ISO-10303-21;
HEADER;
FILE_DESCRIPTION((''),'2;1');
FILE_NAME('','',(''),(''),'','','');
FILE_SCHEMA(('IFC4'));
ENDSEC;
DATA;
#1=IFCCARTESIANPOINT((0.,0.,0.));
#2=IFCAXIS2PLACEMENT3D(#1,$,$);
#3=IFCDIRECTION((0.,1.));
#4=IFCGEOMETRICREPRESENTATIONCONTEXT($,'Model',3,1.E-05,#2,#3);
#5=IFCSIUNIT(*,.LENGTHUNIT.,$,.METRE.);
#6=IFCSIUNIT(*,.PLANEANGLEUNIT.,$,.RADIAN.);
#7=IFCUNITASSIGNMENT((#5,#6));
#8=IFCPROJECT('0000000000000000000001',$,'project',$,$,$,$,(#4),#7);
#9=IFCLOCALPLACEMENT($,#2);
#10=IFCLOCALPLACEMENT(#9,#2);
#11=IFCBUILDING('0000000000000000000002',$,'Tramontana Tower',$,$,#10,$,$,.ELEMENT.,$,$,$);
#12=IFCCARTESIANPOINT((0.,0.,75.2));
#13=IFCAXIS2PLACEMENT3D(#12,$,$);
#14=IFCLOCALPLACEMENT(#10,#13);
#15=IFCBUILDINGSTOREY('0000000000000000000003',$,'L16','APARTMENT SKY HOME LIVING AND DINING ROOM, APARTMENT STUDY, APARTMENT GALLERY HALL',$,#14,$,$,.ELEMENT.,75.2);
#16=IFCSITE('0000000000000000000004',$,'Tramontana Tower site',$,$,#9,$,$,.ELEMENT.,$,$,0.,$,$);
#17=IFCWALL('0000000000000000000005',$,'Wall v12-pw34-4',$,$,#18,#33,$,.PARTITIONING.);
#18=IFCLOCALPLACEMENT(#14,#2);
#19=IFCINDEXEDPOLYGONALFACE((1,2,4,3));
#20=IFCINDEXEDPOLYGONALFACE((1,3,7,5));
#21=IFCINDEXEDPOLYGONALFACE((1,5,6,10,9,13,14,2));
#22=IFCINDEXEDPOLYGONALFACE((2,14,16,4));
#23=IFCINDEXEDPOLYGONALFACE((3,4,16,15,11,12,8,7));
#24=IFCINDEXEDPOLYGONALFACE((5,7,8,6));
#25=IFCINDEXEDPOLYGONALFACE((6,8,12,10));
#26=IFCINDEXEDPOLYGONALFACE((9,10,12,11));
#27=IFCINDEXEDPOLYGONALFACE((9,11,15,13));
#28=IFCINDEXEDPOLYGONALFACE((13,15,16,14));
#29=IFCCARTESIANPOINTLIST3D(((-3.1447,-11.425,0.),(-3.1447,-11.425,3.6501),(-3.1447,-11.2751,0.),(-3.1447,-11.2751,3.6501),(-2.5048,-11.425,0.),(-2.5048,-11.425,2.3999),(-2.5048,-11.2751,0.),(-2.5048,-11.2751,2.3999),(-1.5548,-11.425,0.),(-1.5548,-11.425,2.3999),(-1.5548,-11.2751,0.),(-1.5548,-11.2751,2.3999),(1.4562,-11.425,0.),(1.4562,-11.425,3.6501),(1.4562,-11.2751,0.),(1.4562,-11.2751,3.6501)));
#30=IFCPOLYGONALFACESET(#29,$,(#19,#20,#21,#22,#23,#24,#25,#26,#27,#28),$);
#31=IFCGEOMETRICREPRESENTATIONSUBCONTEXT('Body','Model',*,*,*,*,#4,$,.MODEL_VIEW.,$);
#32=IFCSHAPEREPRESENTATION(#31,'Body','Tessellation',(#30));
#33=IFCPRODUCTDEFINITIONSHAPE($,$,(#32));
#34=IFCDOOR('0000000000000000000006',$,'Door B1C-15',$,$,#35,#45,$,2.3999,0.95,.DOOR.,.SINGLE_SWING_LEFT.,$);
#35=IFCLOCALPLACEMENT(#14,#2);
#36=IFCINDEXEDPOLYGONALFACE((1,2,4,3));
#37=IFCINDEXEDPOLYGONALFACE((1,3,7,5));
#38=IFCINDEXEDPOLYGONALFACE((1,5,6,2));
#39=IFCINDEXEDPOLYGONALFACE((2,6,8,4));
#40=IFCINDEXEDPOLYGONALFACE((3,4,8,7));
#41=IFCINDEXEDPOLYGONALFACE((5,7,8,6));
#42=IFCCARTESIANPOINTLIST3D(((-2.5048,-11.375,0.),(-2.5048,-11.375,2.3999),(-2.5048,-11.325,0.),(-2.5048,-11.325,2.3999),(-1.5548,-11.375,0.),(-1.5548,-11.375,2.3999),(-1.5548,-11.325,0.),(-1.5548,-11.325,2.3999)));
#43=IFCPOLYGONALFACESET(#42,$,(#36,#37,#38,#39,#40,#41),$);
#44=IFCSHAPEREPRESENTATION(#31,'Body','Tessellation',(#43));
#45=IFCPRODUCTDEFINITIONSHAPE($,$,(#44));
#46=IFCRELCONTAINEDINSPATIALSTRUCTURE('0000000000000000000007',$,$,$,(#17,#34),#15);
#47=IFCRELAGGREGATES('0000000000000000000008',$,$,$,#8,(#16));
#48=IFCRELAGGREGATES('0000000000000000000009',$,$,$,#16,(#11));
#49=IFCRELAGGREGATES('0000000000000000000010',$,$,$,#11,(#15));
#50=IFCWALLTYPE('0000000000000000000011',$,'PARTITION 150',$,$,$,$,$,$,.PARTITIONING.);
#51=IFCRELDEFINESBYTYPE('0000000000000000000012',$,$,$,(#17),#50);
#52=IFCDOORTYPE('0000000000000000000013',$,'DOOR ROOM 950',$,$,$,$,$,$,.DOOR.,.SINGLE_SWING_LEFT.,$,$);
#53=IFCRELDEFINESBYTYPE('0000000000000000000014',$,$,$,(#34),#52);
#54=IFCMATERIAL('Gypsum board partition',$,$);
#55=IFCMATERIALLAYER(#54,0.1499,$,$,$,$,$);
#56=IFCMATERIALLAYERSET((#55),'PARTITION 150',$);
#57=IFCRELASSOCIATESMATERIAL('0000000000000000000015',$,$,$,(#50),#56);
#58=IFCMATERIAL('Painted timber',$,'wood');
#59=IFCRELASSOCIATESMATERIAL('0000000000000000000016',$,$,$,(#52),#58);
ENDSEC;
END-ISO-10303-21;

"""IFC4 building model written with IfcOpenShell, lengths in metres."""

from ifc_helpers import new_model, si_unit, direction, frame, frame_2d, origin, place, context, subcontext, project, spatial, rectangle, extrude, material, layer, layer_set, type_object, element, fill, save


model = new_model("IFC4")

# Units and contexts
model_context = context("Model", 3, precision=1e-05, world=origin(), true_north=direction((0.0, 1.0)))
body_context = subcontext(model_context, "Body", "Model", "MODEL_VIEW")
ifc_project = project(units=[si_unit("LENGTHUNIT", "METRE"), si_unit("PLANEANGLEUNIT", "RADIAN")], contexts=[model_context])

# Site, building, storey
site_placement = place(None, origin())
site = spatial("IfcSite", under=ifc_project, at=site_placement, Name="Tramontana Tower site", CompositionType="ELEMENT", RefElevation=0.0)
building_placement = place(site_placement, origin())
building = spatial("IfcBuilding", under=site, at=building_placement, Name="Tramontana Tower", CompositionType="ELEMENT")
storey_placement = place(building_placement, frame((0.0, 0.0, 75.2)))
storey = spatial("IfcBuildingStorey", under=building, at=storey_placement, Name="L16", Description="APARTMENT SKY HOME LIVING AND DINING ROOM, APARTMENT STUDY, APARTMENT GALLERY HALL", CompositionType="ELEMENT", Elevation=75.2)

# Shared definitions
ifc_material_1 = material(Name="Gypsum board partition")
ifc_layer_1 = layer(ifc_material_1, 0.1499)
ifc_layer_set_1 = layer_set([ifc_layer_1], Name="PARTITION 150")
wall_type_1 = type_object("IfcWallType", Name="PARTITION 150", PredefinedType="PARTITIONING", material=ifc_layer_set_1)

# Wall, opening, door
wall_1_placement = place(storey_placement, frame((1.4561, -11.3501, 0.0), z_axis=(0.0, 0.0, 1.0), x_axis=(-1.0, 0.0, 0.0)))
wall_1 = element("IfcWall", 1, at=wall_1_placement, inside=storey, type_object=wall_type_1, Name="Wall v12-pw34-4", PredefinedType="PARTITIONING", context=body_context, shape_type="SweptSolid", body=[
    extrude(rectangle(XDim=4.6008, YDim=0.1499, at=frame_2d((2.3003, 0.0))), origin(), (0.0, 0.0, 1.0), 3.6501),
])
opening_1_placement = place(wall_1_placement, frame((3.0107, 0.0, 0.0)))
opening_1 = element("IfcOpeningElement", 2, at=opening_1_placement, cuts=wall_1, PredefinedType="OPENING", context=body_context, shape_type="SweptSolid", body=[
    extrude(rectangle(XDim=0.95, YDim=2.3999, at=frame_2d((0.4751, 1.2))), frame((0.0, 0.085, 0.0), z_axis=(0.0, -1.0, 0.0), x_axis=(1.0, 0.0, 0.0)), (0.0, 0.0, 1.0), 0.1699),
])
ifc_material_2 = material(Name="Painted timber", Category="wood")
door_type_1 = type_object("IfcDoorType", Name="DOOR ROOM 950", OperationType="SINGLE_SWING_LEFT", PredefinedType="DOOR", material=ifc_material_2)
door_1_placement = place(opening_1_placement, origin())
door_1 = element("IfcDoor", 3, at=door_1_placement, inside=storey, type_object=door_type_1, Name="Door B1C-15", OperationType="SINGLE_SWING_LEFT", OverallHeight=2.3999, OverallWidth=0.95, PredefinedType="DOOR", context=body_context, shape_type="SweptSolid", body=[
    extrude(rectangle(XDim=0.95, YDim=2.3999, at=frame_2d((0.4751, 1.2))), frame((0.0, 0.0249, 0.0), z_axis=(0.0, -1.0, 0.0), x_axis=(1.0, 0.0, 0.0)), (0.0, 0.0, 1.0), 0.05),
])
fill(opening_1, door_1)

save(model, "model.ifc")
